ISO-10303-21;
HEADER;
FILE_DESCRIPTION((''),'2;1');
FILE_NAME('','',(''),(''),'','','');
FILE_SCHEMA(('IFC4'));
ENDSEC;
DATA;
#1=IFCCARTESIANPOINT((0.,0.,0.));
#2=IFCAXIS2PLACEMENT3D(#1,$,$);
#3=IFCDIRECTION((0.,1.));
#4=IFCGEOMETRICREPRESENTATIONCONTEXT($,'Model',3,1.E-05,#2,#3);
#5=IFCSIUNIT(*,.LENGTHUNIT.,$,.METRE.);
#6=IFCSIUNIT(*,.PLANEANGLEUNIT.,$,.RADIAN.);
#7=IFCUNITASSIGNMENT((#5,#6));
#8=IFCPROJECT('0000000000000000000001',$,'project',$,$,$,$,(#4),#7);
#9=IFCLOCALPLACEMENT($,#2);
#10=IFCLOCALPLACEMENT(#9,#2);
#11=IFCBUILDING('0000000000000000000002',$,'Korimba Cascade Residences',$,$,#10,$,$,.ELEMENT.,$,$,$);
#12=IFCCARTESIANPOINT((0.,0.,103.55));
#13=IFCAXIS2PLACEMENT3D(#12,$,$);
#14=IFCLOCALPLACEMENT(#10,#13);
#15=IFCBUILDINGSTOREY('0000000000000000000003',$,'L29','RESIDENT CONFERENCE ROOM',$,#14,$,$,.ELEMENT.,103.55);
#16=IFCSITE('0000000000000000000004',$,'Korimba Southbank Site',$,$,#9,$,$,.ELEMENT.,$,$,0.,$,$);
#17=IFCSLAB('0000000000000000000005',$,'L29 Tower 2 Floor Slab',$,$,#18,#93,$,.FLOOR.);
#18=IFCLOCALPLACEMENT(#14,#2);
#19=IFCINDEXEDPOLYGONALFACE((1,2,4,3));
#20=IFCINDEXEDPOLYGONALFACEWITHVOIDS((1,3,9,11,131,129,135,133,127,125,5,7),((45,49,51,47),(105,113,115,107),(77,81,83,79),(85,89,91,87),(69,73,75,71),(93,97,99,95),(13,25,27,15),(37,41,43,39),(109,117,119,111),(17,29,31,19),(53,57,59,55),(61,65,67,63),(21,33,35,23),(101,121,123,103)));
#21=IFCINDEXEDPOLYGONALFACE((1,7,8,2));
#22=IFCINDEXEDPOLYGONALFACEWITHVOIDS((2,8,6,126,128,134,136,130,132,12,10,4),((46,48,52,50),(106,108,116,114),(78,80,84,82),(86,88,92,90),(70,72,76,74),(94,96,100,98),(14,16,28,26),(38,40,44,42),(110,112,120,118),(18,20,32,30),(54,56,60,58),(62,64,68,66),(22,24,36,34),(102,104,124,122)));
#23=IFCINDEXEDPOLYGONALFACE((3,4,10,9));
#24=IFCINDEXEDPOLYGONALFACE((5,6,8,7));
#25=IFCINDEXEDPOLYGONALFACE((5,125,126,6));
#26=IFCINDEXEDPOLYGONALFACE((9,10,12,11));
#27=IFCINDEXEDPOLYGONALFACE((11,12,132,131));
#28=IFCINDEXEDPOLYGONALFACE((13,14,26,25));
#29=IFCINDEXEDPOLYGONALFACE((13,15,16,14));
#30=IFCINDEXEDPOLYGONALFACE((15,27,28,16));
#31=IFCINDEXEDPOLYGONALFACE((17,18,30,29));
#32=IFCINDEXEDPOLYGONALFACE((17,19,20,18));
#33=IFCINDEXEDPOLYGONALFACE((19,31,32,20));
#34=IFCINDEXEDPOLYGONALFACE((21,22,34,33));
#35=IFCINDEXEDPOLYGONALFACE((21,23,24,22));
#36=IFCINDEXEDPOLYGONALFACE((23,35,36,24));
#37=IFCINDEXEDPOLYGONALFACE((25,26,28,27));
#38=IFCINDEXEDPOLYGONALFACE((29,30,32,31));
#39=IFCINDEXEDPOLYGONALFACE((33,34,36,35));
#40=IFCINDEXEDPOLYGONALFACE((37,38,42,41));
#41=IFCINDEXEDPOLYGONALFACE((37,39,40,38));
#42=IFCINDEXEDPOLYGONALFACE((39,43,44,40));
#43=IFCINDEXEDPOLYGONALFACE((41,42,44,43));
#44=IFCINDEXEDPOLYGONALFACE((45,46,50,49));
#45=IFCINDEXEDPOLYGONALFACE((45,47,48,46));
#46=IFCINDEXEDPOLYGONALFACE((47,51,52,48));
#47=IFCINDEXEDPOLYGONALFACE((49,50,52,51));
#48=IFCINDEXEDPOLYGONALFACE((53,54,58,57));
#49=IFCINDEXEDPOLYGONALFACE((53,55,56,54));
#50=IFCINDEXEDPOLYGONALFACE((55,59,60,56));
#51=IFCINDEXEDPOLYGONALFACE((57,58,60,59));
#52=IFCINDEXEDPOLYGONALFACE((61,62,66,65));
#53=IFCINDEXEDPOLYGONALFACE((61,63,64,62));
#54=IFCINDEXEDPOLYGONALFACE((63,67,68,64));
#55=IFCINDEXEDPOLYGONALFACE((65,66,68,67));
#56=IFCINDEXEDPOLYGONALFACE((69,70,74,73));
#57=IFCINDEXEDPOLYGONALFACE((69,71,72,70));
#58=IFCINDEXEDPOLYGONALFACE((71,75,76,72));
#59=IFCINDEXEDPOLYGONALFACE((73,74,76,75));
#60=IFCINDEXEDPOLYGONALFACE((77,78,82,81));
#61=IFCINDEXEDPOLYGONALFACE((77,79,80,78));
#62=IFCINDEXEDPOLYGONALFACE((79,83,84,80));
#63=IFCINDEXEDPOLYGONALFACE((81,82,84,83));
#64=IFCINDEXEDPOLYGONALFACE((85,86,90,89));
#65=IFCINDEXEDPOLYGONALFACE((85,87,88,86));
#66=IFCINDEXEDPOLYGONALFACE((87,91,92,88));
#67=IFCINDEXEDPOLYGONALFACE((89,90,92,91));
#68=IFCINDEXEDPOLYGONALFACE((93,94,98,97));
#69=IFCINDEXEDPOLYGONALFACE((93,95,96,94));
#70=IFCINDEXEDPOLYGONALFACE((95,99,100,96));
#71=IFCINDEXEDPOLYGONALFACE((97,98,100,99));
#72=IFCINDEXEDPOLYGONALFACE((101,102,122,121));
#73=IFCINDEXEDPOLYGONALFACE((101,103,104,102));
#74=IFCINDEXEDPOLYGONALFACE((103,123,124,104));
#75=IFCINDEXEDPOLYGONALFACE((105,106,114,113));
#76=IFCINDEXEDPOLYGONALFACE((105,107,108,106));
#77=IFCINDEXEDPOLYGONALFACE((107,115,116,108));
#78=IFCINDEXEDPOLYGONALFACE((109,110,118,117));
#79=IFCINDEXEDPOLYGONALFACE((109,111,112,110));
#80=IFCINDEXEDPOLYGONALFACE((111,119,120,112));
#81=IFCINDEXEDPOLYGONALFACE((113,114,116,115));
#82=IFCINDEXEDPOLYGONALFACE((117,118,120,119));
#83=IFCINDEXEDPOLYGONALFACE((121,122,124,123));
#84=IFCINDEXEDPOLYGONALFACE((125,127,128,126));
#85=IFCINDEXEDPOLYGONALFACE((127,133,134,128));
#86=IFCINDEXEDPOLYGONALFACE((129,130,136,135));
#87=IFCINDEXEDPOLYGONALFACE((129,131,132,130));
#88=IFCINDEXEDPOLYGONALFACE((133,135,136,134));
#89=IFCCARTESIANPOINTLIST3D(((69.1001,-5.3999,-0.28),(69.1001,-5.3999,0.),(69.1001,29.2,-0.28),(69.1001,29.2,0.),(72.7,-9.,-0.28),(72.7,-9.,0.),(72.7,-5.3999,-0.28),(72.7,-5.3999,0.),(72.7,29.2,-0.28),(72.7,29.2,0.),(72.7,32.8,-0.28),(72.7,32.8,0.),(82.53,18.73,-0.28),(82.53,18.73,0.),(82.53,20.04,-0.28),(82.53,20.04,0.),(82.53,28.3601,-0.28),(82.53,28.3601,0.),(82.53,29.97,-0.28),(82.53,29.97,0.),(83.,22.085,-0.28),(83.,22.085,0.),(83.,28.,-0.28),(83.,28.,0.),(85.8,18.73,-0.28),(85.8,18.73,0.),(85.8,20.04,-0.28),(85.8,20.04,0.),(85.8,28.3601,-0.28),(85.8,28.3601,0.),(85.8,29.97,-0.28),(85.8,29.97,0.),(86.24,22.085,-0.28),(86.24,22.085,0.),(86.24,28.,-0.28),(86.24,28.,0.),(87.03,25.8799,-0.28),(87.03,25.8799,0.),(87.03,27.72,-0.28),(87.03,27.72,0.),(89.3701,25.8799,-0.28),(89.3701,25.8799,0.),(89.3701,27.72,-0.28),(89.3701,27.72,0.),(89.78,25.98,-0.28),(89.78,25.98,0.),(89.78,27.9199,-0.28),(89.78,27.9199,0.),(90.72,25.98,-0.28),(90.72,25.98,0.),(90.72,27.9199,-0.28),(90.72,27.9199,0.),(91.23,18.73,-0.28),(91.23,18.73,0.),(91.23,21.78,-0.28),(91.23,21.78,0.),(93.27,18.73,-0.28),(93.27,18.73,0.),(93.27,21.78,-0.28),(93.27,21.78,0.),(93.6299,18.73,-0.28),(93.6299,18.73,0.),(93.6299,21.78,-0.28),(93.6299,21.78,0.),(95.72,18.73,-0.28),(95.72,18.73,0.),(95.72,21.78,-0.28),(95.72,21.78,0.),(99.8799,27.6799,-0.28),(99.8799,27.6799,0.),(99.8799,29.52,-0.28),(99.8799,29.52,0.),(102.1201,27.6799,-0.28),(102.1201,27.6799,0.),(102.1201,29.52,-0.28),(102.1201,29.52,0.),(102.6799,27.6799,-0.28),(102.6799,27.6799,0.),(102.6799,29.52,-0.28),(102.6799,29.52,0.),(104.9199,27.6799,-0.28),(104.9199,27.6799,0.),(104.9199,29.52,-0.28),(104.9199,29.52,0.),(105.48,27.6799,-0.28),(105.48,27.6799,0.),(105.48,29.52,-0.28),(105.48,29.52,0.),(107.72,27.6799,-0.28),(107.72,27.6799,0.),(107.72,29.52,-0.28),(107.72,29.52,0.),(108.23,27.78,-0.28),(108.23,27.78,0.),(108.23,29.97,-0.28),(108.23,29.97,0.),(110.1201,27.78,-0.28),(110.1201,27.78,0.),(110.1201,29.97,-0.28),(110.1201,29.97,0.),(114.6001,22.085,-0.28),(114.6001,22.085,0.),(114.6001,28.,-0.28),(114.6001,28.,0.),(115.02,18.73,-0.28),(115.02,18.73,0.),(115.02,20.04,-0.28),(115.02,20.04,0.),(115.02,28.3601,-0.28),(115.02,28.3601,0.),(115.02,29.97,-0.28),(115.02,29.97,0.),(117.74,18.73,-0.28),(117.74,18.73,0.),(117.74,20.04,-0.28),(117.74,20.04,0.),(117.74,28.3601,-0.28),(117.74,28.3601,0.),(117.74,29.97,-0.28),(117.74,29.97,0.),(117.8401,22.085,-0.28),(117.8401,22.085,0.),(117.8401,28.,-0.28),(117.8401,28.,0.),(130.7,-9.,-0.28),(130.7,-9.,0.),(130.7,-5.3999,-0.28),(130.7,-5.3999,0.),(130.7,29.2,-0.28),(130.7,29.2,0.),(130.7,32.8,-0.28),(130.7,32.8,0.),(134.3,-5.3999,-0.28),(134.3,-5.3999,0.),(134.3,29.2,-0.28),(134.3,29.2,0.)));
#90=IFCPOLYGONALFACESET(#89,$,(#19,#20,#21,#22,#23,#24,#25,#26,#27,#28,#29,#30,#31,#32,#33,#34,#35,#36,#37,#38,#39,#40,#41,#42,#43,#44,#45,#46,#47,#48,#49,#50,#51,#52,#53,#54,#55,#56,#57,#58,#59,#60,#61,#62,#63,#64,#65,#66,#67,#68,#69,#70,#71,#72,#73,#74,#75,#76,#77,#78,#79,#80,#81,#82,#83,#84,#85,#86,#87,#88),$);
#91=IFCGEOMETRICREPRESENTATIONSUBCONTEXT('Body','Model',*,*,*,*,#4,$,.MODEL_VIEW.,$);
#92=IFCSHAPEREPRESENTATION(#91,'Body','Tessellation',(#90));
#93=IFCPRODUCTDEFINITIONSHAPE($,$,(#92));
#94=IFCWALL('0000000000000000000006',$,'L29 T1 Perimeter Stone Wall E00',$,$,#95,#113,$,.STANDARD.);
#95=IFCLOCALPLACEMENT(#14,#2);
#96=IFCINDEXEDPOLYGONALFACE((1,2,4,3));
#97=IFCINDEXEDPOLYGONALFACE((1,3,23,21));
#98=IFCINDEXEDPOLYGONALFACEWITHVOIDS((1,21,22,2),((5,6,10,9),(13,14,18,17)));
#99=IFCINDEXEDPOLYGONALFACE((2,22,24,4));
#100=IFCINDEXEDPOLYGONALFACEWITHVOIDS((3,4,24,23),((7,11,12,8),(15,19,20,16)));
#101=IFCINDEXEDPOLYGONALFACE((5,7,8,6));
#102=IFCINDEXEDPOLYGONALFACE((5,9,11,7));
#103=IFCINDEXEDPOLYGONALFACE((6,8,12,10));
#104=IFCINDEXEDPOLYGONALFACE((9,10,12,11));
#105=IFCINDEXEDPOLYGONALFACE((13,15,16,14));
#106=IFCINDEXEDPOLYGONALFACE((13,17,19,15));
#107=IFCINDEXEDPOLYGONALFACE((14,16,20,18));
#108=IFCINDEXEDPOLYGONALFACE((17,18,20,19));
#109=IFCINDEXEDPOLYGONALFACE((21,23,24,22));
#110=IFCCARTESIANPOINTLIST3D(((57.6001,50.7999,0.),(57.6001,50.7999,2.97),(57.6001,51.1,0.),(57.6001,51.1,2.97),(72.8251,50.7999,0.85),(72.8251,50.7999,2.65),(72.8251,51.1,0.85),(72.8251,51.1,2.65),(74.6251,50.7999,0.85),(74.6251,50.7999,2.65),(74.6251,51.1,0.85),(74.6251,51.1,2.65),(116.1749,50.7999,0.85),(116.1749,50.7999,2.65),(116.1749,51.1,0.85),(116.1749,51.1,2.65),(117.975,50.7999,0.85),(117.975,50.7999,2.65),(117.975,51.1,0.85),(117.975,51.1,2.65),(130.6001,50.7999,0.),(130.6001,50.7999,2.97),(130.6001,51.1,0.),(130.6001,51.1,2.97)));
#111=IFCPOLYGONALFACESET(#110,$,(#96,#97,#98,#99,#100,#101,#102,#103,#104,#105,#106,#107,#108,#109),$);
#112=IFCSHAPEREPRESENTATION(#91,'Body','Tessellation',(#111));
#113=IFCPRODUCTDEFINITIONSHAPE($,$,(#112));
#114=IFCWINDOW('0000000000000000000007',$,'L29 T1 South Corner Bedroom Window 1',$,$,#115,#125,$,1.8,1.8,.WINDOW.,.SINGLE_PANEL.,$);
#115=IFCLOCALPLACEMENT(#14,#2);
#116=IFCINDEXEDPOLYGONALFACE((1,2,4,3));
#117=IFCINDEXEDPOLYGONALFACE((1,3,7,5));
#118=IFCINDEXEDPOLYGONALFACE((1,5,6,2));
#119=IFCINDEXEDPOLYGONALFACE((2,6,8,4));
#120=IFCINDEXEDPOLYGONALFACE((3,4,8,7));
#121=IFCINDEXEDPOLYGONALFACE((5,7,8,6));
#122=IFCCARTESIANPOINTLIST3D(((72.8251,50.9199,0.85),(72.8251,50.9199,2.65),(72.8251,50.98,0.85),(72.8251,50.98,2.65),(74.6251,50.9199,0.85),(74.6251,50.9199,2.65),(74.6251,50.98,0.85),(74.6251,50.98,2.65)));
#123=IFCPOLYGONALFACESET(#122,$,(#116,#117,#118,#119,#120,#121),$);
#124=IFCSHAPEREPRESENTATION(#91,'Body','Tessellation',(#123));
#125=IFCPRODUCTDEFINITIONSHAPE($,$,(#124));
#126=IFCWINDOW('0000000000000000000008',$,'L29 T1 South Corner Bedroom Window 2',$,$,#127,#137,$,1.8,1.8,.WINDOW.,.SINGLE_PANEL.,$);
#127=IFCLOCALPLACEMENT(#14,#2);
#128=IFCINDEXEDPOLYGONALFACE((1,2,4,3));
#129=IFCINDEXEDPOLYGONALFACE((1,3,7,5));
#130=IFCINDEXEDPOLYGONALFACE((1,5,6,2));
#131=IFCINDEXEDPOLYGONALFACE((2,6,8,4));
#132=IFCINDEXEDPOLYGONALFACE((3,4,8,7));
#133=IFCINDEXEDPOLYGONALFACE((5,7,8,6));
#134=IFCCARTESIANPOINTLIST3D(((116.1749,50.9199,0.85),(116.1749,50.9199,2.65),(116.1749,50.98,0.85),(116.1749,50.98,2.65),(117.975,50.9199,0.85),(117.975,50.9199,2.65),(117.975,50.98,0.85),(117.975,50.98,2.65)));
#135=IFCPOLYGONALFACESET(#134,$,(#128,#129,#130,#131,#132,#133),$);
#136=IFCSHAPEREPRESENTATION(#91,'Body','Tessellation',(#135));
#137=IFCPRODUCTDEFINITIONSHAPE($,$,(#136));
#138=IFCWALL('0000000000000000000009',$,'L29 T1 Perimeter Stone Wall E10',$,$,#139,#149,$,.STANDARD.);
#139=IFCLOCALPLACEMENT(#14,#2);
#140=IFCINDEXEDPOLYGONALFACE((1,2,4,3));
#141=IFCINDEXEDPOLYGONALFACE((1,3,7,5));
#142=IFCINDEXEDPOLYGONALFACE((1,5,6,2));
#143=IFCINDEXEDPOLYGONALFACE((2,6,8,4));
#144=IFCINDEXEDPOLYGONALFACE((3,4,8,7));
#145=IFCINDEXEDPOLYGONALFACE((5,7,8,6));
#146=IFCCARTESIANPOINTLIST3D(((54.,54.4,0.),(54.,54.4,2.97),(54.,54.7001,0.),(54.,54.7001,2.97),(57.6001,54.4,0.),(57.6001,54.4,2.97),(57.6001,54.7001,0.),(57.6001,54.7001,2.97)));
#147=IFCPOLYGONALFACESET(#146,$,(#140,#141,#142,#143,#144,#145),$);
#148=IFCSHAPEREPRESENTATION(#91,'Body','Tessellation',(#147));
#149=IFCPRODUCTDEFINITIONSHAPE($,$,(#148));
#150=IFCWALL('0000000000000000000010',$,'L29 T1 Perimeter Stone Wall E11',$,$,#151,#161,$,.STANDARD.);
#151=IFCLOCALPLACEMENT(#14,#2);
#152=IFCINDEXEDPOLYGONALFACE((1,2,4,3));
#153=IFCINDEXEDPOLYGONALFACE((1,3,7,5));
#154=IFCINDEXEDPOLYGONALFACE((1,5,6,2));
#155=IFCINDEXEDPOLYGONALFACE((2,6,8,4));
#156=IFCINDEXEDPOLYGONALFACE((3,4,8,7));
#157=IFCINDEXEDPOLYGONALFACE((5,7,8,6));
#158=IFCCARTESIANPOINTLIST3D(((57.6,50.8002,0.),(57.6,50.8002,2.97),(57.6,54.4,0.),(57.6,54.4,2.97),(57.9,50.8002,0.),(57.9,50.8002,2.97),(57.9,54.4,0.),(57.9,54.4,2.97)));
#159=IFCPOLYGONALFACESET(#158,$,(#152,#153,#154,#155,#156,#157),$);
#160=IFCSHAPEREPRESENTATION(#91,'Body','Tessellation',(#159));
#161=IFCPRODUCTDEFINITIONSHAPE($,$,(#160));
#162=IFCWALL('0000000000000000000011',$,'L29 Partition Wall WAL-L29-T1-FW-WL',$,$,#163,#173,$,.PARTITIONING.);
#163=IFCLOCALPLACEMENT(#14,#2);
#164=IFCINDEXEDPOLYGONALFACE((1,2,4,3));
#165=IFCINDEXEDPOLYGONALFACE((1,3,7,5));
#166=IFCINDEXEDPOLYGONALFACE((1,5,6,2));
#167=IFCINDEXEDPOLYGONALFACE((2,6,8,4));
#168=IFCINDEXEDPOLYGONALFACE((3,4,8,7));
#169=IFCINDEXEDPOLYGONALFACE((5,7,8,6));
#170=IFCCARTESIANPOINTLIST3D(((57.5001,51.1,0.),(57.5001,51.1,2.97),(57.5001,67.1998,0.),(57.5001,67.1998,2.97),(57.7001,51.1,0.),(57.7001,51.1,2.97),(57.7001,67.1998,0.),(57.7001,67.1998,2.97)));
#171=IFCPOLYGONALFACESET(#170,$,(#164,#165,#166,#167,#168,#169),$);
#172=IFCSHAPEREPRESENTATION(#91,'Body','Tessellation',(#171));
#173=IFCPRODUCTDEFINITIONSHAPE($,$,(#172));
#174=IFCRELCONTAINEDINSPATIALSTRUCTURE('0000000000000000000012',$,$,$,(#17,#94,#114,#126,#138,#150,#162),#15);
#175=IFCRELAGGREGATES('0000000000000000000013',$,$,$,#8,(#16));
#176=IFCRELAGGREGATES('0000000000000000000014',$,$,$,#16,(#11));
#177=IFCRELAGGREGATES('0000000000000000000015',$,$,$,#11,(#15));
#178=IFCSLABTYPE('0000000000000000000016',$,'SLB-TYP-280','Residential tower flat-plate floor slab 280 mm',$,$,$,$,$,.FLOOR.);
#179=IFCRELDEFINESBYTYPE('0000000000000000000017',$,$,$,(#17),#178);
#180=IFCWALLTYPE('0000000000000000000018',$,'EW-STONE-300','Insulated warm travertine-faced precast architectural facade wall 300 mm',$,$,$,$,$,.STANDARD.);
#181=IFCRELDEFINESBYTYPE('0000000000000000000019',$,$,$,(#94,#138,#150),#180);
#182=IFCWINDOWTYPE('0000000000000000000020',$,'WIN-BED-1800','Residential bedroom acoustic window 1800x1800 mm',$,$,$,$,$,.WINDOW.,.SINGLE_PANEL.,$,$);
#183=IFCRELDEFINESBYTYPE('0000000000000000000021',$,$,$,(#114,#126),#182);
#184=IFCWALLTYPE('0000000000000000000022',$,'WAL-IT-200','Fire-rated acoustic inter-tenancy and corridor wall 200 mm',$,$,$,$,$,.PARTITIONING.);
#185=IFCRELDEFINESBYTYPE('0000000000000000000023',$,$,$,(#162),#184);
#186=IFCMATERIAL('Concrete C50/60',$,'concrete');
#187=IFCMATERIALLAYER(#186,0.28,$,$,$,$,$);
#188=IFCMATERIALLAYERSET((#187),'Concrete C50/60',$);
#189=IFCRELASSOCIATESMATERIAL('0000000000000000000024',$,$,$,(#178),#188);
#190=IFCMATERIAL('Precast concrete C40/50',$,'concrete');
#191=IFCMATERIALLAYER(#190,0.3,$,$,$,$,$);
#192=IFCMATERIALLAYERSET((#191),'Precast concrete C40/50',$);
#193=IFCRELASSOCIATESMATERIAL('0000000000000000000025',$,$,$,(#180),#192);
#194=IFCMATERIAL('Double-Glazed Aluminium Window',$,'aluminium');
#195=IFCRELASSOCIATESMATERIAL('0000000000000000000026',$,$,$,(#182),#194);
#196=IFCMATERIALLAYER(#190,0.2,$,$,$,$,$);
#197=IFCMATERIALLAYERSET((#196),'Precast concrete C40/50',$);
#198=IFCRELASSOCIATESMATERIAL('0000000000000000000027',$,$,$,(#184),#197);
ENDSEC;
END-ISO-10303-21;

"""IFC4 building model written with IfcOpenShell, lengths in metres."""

from ifc_helpers import new_model, si_unit, direction, frame, frame_2d, origin, place, context, subcontext, project, spatial, polyline, rectangle, outline, extrude, material, layer, layer_set, type_object, element, fill, save


model = new_model("IFC4")

# Units and contexts
model_context = context("Model", 3, precision=1e-05, world=origin(), true_north=direction((0.0, 1.0)))
body_context = subcontext(model_context, "Body", "Model", "MODEL_VIEW")
ifc_project = project(units=[si_unit("LENGTHUNIT", "METRE"), si_unit("PLANEANGLEUNIT", "RADIAN")], contexts=[model_context])

# Site, building, storey
site_placement = place(None, origin())
site = spatial("IfcSite", under=ifc_project, at=site_placement, Name="Korimba Southbank Site", CompositionType="ELEMENT", RefElevation=0.0)
building_placement = place(site_placement, origin())
building = spatial("IfcBuilding", under=site, at=building_placement, Name="Korimba Cascade Residences", CompositionType="ELEMENT")
storey_placement = place(building_placement, frame((0.0, 0.0, 103.55)))
storey = spatial("IfcBuildingStorey", under=building, at=storey_placement, Name="L29", Description="RESIDENT CONFERENCE ROOM", CompositionType="ELEMENT", Elevation=103.55)

# Shared definitions
ifc_material_1 = material(Name="Concrete C50/60", Category="concrete")

# Slab
ifc_material_2 = material(Name="Precast concrete C40/50", Category="concrete")
ifc_layer_1 = layer(ifc_material_1, 0.28)
ifc_layer_set_1 = layer_set([ifc_layer_1], Name="Concrete C50/60")
slab_type_1 = type_object("IfcSlabType", Name="SLB-TYP-280", Description="Residential tower flat-plate floor slab 280 mm", PredefinedType="FLOOR", material=ifc_layer_set_1)
slab_1_placement = place(storey_placement, frame((0.0, 0.0, -0.28)))
element("IfcSlab", 1, at=slab_1_placement, inside=storey, type_object=slab_type_1, Name="L29 Tower 2 Floor Slab", PredefinedType="FLOOR", context=body_context, shape_type="SweptSolid", body=[
    extrude(outline(polyline([(72.7, -9.0), (130.7, -9.0), (130.7, -5.3999), (134.3, -5.3999), (134.3, 29.2), (130.7, 29.2), (130.7, 32.8), (72.7, 32.8), (72.7, 29.2), (69.1001, 29.2), (69.1001, -5.3999), (72.7, -5.3999), (72.7, -9.0)]), holes=[polyline([(86.24, 22.085), (86.24, 28.0), (83.0, 28.0), (83.0, 22.085), (86.24, 22.085)]), polyline([(117.8401, 22.085), (117.8401, 28.0), (114.6001, 28.0), (114.6001, 22.085), (117.8401, 22.085)]), polyline([(87.03, 25.8799), (89.3701, 25.8799), (89.3701, 27.72), (87.03, 27.72), (87.03, 25.8799)]), polyline([(99.8799, 27.6799), (102.1201, 27.6799), (102.1201, 29.52), (99.8799, 29.52), (99.8799, 27.6799)]), polyline([(102.6799, 27.6799), (104.9199, 27.6799), (104.9199, 29.52), (102.6799, 29.52), (102.6799, 27.6799)]), polyline([(105.48, 27.6799), (107.72, 27.6799), (107.72, 29.52), (105.48, 29.52), (105.48, 27.6799)]), polyline([(89.78, 25.98), (90.72, 25.98), (90.72, 27.9199), (89.78, 27.9199), (89.78, 25.98)]), polyline([(82.53, 18.73), (85.8, 18.73), (85.8, 20.04), (82.53, 20.04), (82.53, 18.73)]), polyline([(82.53, 28.3601), (85.8, 28.3601), (85.8, 29.97), (82.53, 29.97), (82.53, 28.3601)]), polyline([(108.23, 27.78), (110.1201, 27.78), (110.1201, 29.97), (108.23, 29.97), (108.23, 27.78)]), polyline([(91.23, 18.73), (93.27, 18.73), (93.27, 21.78), (91.23, 21.78), (91.23, 18.73)]), polyline([(93.6299, 18.73), (95.72, 18.73), (95.72, 21.78), (93.6299, 21.78), (93.6299, 18.73)]), polyline([(115.02, 18.73), (117.74, 18.73), (117.74, 20.04), (115.02, 20.04), (115.02, 18.73)]), polyline([(115.02, 28.3601), (117.74, 28.3601), (117.74, 29.97), (115.02, 29.97), (115.02, 28.3601)])]), origin(), (0.0, 0.0, 1.0), 0.28),
])

# Wall, openings, windows
ifc_layer_2 = layer(ifc_material_2, 0.3)
ifc_layer_set_2 = layer_set([ifc_layer_2], Name="Precast concrete C40/50")
wall_type_1 = type_object("IfcWallType", Name="EW-STONE-300", Description="Insulated warm travertine-faced precast architectural facade wall 300 mm", PredefinedType="STANDARD", material=ifc_layer_set_2)
wall_1_placement = place(storey_placement, frame((57.6001, 50.95, 0.0), z_axis=(0.0, 0.0, 1.0), x_axis=(1.0, 0.0, 0.0)))
wall_1 = element("IfcWall", 2, at=wall_1_placement, inside=storey, type_object=wall_type_1, Name="L29 T1 Perimeter Stone Wall E00", PredefinedType="STANDARD", context=body_context, shape_type="SweptSolid", body=[
    extrude(rectangle(XDim=73.0, YDim=0.3, at=frame_2d((36.5, 0.0))), origin(), (0.0, 0.0, 1.0), 2.97),
])
opening_1_placement = place(wall_1_placement, frame((15.2251, 0.0, 0.8501)))
opening_1 = element("IfcOpeningElement", 3, at=opening_1_placement, cuts=wall_1, PredefinedType="OPENING", context=body_context, shape_type="SweptSolid", body=[
    extrude(rectangle(XDim=1.8, YDim=1.8, at=frame_2d((0.8999, 0.8999))), frame((0.0, 0.1602, 0.0), z_axis=(0.0, -1.0, 0.0), x_axis=(1.0, 0.0, 0.0)), (0.0, 0.0, 1.0), 0.3201),
])
opening_2_placement = place(wall_1_placement, frame((58.575, 0.0, 0.8501)))
opening_2 = element("IfcOpeningElement", 4, at=opening_2_placement, cuts=wall_1, PredefinedType="OPENING", context=body_context, shape_type="SweptSolid", body=[
    extrude(rectangle(XDim=1.8, YDim=1.8, at=frame_2d((0.8999, 0.8999))), frame((0.0, 0.1602, 0.0), z_axis=(0.0, -1.0, 0.0), x_axis=(1.0, 0.0, 0.0)), (0.0, 0.0, 1.0), 0.3201),
])
ifc_material_3 = material(Name="Double-Glazed Aluminium Window", Category="aluminium")
window_type = type_object("IfcWindowType", Name="WIN-BED-1800", Description="Residential bedroom acoustic window 1800x1800 mm", PartitioningType="SINGLE_PANEL", PredefinedType="WINDOW", material=ifc_material_3)
window_1_placement = place(opening_1_placement, origin())
window_1 = element("IfcWindow", 5, at=window_1_placement, inside=storey, type_object=window_type, Name="L29 T1 South Corner Bedroom Window 1", OverallHeight=1.8, OverallWidth=1.8, PartitioningType="SINGLE_PANEL", PredefinedType="WINDOW", context=body_context, shape_type="SweptSolid", body=[
    extrude(rectangle(XDim=1.8, YDim=1.8, at=frame_2d((0.8999, 0.8999))), frame((0.0, 0.03, 0.0), z_axis=(0.0, -1.0, 0.0), x_axis=(1.0, 0.0, 0.0)), (0.0, 0.0, 1.0), 0.0601),
])
fill(opening_1, window_1)
window_2_placement = place(opening_2_placement, origin())
window_2 = element("IfcWindow", 6, at=window_2_placement, inside=storey, type_object=window_type, Name="L29 T1 South Corner Bedroom Window 2", OverallHeight=1.8, OverallWidth=1.8, PartitioningType="SINGLE_PANEL", PredefinedType="WINDOW", context=body_context, shape_type="SweptSolid", body=[
    extrude(rectangle(XDim=1.8, YDim=1.8, at=frame_2d((0.8999, 0.8999))), frame((0.0, 0.03, 0.0), z_axis=(0.0, -1.0, 0.0), x_axis=(1.0, 0.0, 0.0)), (0.0, 0.0, 1.0), 0.0601),
])
fill(opening_2, window_2)

# Walls
wall_2_placement = place(storey_placement, frame((54.0, 54.55, 0.0), z_axis=(0.0, 0.0, 1.0), x_axis=(1.0, 0.0, 0.0)))
element("IfcWall", 7, at=wall_2_placement, inside=storey, type_object=wall_type_1, Name="L29 T1 Perimeter Stone Wall E10", PredefinedType="STANDARD", context=body_context, shape_type="SweptSolid", body=[
    extrude(rectangle(XDim=3.6001, YDim=0.3, at=frame_2d((1.8, 0.0))), origin(), (0.0, 0.0, 1.0), 2.97),
])
wall_3_placement = place(storey_placement, frame((57.75, 54.3999, 0.0), z_axis=(0.0, 0.0, 1.0), x_axis=(0.0, -1.0, 0.0)))
element("IfcWall", 8, at=wall_3_placement, inside=storey, type_object=wall_type_1, Name="L29 T1 Perimeter Stone Wall E11", PredefinedType="STANDARD", context=body_context, shape_type="SweptSolid", body=[
    extrude(rectangle(XDim=3.5999, YDim=0.3, at=frame_2d((1.7998, 0.0))), origin(), (0.0, 0.0, 1.0), 2.97),
])
ifc_layer_3 = layer(ifc_material_2, 0.2)
ifc_layer_set_3 = layer_set([ifc_layer_3], Name="Precast concrete C40/50")
wall_type_2 = type_object("IfcWallType", Name="WAL-IT-200", Description="Fire-rated acoustic inter-tenancy and corridor wall 200 mm", PredefinedType="PARTITIONING", material=ifc_layer_set_3)
wall_4_placement = place(storey_placement, frame((57.6001, 51.1001, 0.0), z_axis=(0.0, 0.0, 1.0), x_axis=(0.0, 1.0, 0.0)))
element("IfcWall", 9, at=wall_4_placement, inside=storey, type_object=wall_type_2, Name="L29 Partition Wall WAL-L29-T1-FW-WL", PredefinedType="PARTITIONING", context=body_context, shape_type="SweptSolid", body=[
    extrude(rectangle(XDim=16.0999, YDim=0.2, at=frame_2d((8.0498, 0.0))), origin(), (0.0, 0.0, 1.0), 2.97),
])

save(model, "model.ifc")
